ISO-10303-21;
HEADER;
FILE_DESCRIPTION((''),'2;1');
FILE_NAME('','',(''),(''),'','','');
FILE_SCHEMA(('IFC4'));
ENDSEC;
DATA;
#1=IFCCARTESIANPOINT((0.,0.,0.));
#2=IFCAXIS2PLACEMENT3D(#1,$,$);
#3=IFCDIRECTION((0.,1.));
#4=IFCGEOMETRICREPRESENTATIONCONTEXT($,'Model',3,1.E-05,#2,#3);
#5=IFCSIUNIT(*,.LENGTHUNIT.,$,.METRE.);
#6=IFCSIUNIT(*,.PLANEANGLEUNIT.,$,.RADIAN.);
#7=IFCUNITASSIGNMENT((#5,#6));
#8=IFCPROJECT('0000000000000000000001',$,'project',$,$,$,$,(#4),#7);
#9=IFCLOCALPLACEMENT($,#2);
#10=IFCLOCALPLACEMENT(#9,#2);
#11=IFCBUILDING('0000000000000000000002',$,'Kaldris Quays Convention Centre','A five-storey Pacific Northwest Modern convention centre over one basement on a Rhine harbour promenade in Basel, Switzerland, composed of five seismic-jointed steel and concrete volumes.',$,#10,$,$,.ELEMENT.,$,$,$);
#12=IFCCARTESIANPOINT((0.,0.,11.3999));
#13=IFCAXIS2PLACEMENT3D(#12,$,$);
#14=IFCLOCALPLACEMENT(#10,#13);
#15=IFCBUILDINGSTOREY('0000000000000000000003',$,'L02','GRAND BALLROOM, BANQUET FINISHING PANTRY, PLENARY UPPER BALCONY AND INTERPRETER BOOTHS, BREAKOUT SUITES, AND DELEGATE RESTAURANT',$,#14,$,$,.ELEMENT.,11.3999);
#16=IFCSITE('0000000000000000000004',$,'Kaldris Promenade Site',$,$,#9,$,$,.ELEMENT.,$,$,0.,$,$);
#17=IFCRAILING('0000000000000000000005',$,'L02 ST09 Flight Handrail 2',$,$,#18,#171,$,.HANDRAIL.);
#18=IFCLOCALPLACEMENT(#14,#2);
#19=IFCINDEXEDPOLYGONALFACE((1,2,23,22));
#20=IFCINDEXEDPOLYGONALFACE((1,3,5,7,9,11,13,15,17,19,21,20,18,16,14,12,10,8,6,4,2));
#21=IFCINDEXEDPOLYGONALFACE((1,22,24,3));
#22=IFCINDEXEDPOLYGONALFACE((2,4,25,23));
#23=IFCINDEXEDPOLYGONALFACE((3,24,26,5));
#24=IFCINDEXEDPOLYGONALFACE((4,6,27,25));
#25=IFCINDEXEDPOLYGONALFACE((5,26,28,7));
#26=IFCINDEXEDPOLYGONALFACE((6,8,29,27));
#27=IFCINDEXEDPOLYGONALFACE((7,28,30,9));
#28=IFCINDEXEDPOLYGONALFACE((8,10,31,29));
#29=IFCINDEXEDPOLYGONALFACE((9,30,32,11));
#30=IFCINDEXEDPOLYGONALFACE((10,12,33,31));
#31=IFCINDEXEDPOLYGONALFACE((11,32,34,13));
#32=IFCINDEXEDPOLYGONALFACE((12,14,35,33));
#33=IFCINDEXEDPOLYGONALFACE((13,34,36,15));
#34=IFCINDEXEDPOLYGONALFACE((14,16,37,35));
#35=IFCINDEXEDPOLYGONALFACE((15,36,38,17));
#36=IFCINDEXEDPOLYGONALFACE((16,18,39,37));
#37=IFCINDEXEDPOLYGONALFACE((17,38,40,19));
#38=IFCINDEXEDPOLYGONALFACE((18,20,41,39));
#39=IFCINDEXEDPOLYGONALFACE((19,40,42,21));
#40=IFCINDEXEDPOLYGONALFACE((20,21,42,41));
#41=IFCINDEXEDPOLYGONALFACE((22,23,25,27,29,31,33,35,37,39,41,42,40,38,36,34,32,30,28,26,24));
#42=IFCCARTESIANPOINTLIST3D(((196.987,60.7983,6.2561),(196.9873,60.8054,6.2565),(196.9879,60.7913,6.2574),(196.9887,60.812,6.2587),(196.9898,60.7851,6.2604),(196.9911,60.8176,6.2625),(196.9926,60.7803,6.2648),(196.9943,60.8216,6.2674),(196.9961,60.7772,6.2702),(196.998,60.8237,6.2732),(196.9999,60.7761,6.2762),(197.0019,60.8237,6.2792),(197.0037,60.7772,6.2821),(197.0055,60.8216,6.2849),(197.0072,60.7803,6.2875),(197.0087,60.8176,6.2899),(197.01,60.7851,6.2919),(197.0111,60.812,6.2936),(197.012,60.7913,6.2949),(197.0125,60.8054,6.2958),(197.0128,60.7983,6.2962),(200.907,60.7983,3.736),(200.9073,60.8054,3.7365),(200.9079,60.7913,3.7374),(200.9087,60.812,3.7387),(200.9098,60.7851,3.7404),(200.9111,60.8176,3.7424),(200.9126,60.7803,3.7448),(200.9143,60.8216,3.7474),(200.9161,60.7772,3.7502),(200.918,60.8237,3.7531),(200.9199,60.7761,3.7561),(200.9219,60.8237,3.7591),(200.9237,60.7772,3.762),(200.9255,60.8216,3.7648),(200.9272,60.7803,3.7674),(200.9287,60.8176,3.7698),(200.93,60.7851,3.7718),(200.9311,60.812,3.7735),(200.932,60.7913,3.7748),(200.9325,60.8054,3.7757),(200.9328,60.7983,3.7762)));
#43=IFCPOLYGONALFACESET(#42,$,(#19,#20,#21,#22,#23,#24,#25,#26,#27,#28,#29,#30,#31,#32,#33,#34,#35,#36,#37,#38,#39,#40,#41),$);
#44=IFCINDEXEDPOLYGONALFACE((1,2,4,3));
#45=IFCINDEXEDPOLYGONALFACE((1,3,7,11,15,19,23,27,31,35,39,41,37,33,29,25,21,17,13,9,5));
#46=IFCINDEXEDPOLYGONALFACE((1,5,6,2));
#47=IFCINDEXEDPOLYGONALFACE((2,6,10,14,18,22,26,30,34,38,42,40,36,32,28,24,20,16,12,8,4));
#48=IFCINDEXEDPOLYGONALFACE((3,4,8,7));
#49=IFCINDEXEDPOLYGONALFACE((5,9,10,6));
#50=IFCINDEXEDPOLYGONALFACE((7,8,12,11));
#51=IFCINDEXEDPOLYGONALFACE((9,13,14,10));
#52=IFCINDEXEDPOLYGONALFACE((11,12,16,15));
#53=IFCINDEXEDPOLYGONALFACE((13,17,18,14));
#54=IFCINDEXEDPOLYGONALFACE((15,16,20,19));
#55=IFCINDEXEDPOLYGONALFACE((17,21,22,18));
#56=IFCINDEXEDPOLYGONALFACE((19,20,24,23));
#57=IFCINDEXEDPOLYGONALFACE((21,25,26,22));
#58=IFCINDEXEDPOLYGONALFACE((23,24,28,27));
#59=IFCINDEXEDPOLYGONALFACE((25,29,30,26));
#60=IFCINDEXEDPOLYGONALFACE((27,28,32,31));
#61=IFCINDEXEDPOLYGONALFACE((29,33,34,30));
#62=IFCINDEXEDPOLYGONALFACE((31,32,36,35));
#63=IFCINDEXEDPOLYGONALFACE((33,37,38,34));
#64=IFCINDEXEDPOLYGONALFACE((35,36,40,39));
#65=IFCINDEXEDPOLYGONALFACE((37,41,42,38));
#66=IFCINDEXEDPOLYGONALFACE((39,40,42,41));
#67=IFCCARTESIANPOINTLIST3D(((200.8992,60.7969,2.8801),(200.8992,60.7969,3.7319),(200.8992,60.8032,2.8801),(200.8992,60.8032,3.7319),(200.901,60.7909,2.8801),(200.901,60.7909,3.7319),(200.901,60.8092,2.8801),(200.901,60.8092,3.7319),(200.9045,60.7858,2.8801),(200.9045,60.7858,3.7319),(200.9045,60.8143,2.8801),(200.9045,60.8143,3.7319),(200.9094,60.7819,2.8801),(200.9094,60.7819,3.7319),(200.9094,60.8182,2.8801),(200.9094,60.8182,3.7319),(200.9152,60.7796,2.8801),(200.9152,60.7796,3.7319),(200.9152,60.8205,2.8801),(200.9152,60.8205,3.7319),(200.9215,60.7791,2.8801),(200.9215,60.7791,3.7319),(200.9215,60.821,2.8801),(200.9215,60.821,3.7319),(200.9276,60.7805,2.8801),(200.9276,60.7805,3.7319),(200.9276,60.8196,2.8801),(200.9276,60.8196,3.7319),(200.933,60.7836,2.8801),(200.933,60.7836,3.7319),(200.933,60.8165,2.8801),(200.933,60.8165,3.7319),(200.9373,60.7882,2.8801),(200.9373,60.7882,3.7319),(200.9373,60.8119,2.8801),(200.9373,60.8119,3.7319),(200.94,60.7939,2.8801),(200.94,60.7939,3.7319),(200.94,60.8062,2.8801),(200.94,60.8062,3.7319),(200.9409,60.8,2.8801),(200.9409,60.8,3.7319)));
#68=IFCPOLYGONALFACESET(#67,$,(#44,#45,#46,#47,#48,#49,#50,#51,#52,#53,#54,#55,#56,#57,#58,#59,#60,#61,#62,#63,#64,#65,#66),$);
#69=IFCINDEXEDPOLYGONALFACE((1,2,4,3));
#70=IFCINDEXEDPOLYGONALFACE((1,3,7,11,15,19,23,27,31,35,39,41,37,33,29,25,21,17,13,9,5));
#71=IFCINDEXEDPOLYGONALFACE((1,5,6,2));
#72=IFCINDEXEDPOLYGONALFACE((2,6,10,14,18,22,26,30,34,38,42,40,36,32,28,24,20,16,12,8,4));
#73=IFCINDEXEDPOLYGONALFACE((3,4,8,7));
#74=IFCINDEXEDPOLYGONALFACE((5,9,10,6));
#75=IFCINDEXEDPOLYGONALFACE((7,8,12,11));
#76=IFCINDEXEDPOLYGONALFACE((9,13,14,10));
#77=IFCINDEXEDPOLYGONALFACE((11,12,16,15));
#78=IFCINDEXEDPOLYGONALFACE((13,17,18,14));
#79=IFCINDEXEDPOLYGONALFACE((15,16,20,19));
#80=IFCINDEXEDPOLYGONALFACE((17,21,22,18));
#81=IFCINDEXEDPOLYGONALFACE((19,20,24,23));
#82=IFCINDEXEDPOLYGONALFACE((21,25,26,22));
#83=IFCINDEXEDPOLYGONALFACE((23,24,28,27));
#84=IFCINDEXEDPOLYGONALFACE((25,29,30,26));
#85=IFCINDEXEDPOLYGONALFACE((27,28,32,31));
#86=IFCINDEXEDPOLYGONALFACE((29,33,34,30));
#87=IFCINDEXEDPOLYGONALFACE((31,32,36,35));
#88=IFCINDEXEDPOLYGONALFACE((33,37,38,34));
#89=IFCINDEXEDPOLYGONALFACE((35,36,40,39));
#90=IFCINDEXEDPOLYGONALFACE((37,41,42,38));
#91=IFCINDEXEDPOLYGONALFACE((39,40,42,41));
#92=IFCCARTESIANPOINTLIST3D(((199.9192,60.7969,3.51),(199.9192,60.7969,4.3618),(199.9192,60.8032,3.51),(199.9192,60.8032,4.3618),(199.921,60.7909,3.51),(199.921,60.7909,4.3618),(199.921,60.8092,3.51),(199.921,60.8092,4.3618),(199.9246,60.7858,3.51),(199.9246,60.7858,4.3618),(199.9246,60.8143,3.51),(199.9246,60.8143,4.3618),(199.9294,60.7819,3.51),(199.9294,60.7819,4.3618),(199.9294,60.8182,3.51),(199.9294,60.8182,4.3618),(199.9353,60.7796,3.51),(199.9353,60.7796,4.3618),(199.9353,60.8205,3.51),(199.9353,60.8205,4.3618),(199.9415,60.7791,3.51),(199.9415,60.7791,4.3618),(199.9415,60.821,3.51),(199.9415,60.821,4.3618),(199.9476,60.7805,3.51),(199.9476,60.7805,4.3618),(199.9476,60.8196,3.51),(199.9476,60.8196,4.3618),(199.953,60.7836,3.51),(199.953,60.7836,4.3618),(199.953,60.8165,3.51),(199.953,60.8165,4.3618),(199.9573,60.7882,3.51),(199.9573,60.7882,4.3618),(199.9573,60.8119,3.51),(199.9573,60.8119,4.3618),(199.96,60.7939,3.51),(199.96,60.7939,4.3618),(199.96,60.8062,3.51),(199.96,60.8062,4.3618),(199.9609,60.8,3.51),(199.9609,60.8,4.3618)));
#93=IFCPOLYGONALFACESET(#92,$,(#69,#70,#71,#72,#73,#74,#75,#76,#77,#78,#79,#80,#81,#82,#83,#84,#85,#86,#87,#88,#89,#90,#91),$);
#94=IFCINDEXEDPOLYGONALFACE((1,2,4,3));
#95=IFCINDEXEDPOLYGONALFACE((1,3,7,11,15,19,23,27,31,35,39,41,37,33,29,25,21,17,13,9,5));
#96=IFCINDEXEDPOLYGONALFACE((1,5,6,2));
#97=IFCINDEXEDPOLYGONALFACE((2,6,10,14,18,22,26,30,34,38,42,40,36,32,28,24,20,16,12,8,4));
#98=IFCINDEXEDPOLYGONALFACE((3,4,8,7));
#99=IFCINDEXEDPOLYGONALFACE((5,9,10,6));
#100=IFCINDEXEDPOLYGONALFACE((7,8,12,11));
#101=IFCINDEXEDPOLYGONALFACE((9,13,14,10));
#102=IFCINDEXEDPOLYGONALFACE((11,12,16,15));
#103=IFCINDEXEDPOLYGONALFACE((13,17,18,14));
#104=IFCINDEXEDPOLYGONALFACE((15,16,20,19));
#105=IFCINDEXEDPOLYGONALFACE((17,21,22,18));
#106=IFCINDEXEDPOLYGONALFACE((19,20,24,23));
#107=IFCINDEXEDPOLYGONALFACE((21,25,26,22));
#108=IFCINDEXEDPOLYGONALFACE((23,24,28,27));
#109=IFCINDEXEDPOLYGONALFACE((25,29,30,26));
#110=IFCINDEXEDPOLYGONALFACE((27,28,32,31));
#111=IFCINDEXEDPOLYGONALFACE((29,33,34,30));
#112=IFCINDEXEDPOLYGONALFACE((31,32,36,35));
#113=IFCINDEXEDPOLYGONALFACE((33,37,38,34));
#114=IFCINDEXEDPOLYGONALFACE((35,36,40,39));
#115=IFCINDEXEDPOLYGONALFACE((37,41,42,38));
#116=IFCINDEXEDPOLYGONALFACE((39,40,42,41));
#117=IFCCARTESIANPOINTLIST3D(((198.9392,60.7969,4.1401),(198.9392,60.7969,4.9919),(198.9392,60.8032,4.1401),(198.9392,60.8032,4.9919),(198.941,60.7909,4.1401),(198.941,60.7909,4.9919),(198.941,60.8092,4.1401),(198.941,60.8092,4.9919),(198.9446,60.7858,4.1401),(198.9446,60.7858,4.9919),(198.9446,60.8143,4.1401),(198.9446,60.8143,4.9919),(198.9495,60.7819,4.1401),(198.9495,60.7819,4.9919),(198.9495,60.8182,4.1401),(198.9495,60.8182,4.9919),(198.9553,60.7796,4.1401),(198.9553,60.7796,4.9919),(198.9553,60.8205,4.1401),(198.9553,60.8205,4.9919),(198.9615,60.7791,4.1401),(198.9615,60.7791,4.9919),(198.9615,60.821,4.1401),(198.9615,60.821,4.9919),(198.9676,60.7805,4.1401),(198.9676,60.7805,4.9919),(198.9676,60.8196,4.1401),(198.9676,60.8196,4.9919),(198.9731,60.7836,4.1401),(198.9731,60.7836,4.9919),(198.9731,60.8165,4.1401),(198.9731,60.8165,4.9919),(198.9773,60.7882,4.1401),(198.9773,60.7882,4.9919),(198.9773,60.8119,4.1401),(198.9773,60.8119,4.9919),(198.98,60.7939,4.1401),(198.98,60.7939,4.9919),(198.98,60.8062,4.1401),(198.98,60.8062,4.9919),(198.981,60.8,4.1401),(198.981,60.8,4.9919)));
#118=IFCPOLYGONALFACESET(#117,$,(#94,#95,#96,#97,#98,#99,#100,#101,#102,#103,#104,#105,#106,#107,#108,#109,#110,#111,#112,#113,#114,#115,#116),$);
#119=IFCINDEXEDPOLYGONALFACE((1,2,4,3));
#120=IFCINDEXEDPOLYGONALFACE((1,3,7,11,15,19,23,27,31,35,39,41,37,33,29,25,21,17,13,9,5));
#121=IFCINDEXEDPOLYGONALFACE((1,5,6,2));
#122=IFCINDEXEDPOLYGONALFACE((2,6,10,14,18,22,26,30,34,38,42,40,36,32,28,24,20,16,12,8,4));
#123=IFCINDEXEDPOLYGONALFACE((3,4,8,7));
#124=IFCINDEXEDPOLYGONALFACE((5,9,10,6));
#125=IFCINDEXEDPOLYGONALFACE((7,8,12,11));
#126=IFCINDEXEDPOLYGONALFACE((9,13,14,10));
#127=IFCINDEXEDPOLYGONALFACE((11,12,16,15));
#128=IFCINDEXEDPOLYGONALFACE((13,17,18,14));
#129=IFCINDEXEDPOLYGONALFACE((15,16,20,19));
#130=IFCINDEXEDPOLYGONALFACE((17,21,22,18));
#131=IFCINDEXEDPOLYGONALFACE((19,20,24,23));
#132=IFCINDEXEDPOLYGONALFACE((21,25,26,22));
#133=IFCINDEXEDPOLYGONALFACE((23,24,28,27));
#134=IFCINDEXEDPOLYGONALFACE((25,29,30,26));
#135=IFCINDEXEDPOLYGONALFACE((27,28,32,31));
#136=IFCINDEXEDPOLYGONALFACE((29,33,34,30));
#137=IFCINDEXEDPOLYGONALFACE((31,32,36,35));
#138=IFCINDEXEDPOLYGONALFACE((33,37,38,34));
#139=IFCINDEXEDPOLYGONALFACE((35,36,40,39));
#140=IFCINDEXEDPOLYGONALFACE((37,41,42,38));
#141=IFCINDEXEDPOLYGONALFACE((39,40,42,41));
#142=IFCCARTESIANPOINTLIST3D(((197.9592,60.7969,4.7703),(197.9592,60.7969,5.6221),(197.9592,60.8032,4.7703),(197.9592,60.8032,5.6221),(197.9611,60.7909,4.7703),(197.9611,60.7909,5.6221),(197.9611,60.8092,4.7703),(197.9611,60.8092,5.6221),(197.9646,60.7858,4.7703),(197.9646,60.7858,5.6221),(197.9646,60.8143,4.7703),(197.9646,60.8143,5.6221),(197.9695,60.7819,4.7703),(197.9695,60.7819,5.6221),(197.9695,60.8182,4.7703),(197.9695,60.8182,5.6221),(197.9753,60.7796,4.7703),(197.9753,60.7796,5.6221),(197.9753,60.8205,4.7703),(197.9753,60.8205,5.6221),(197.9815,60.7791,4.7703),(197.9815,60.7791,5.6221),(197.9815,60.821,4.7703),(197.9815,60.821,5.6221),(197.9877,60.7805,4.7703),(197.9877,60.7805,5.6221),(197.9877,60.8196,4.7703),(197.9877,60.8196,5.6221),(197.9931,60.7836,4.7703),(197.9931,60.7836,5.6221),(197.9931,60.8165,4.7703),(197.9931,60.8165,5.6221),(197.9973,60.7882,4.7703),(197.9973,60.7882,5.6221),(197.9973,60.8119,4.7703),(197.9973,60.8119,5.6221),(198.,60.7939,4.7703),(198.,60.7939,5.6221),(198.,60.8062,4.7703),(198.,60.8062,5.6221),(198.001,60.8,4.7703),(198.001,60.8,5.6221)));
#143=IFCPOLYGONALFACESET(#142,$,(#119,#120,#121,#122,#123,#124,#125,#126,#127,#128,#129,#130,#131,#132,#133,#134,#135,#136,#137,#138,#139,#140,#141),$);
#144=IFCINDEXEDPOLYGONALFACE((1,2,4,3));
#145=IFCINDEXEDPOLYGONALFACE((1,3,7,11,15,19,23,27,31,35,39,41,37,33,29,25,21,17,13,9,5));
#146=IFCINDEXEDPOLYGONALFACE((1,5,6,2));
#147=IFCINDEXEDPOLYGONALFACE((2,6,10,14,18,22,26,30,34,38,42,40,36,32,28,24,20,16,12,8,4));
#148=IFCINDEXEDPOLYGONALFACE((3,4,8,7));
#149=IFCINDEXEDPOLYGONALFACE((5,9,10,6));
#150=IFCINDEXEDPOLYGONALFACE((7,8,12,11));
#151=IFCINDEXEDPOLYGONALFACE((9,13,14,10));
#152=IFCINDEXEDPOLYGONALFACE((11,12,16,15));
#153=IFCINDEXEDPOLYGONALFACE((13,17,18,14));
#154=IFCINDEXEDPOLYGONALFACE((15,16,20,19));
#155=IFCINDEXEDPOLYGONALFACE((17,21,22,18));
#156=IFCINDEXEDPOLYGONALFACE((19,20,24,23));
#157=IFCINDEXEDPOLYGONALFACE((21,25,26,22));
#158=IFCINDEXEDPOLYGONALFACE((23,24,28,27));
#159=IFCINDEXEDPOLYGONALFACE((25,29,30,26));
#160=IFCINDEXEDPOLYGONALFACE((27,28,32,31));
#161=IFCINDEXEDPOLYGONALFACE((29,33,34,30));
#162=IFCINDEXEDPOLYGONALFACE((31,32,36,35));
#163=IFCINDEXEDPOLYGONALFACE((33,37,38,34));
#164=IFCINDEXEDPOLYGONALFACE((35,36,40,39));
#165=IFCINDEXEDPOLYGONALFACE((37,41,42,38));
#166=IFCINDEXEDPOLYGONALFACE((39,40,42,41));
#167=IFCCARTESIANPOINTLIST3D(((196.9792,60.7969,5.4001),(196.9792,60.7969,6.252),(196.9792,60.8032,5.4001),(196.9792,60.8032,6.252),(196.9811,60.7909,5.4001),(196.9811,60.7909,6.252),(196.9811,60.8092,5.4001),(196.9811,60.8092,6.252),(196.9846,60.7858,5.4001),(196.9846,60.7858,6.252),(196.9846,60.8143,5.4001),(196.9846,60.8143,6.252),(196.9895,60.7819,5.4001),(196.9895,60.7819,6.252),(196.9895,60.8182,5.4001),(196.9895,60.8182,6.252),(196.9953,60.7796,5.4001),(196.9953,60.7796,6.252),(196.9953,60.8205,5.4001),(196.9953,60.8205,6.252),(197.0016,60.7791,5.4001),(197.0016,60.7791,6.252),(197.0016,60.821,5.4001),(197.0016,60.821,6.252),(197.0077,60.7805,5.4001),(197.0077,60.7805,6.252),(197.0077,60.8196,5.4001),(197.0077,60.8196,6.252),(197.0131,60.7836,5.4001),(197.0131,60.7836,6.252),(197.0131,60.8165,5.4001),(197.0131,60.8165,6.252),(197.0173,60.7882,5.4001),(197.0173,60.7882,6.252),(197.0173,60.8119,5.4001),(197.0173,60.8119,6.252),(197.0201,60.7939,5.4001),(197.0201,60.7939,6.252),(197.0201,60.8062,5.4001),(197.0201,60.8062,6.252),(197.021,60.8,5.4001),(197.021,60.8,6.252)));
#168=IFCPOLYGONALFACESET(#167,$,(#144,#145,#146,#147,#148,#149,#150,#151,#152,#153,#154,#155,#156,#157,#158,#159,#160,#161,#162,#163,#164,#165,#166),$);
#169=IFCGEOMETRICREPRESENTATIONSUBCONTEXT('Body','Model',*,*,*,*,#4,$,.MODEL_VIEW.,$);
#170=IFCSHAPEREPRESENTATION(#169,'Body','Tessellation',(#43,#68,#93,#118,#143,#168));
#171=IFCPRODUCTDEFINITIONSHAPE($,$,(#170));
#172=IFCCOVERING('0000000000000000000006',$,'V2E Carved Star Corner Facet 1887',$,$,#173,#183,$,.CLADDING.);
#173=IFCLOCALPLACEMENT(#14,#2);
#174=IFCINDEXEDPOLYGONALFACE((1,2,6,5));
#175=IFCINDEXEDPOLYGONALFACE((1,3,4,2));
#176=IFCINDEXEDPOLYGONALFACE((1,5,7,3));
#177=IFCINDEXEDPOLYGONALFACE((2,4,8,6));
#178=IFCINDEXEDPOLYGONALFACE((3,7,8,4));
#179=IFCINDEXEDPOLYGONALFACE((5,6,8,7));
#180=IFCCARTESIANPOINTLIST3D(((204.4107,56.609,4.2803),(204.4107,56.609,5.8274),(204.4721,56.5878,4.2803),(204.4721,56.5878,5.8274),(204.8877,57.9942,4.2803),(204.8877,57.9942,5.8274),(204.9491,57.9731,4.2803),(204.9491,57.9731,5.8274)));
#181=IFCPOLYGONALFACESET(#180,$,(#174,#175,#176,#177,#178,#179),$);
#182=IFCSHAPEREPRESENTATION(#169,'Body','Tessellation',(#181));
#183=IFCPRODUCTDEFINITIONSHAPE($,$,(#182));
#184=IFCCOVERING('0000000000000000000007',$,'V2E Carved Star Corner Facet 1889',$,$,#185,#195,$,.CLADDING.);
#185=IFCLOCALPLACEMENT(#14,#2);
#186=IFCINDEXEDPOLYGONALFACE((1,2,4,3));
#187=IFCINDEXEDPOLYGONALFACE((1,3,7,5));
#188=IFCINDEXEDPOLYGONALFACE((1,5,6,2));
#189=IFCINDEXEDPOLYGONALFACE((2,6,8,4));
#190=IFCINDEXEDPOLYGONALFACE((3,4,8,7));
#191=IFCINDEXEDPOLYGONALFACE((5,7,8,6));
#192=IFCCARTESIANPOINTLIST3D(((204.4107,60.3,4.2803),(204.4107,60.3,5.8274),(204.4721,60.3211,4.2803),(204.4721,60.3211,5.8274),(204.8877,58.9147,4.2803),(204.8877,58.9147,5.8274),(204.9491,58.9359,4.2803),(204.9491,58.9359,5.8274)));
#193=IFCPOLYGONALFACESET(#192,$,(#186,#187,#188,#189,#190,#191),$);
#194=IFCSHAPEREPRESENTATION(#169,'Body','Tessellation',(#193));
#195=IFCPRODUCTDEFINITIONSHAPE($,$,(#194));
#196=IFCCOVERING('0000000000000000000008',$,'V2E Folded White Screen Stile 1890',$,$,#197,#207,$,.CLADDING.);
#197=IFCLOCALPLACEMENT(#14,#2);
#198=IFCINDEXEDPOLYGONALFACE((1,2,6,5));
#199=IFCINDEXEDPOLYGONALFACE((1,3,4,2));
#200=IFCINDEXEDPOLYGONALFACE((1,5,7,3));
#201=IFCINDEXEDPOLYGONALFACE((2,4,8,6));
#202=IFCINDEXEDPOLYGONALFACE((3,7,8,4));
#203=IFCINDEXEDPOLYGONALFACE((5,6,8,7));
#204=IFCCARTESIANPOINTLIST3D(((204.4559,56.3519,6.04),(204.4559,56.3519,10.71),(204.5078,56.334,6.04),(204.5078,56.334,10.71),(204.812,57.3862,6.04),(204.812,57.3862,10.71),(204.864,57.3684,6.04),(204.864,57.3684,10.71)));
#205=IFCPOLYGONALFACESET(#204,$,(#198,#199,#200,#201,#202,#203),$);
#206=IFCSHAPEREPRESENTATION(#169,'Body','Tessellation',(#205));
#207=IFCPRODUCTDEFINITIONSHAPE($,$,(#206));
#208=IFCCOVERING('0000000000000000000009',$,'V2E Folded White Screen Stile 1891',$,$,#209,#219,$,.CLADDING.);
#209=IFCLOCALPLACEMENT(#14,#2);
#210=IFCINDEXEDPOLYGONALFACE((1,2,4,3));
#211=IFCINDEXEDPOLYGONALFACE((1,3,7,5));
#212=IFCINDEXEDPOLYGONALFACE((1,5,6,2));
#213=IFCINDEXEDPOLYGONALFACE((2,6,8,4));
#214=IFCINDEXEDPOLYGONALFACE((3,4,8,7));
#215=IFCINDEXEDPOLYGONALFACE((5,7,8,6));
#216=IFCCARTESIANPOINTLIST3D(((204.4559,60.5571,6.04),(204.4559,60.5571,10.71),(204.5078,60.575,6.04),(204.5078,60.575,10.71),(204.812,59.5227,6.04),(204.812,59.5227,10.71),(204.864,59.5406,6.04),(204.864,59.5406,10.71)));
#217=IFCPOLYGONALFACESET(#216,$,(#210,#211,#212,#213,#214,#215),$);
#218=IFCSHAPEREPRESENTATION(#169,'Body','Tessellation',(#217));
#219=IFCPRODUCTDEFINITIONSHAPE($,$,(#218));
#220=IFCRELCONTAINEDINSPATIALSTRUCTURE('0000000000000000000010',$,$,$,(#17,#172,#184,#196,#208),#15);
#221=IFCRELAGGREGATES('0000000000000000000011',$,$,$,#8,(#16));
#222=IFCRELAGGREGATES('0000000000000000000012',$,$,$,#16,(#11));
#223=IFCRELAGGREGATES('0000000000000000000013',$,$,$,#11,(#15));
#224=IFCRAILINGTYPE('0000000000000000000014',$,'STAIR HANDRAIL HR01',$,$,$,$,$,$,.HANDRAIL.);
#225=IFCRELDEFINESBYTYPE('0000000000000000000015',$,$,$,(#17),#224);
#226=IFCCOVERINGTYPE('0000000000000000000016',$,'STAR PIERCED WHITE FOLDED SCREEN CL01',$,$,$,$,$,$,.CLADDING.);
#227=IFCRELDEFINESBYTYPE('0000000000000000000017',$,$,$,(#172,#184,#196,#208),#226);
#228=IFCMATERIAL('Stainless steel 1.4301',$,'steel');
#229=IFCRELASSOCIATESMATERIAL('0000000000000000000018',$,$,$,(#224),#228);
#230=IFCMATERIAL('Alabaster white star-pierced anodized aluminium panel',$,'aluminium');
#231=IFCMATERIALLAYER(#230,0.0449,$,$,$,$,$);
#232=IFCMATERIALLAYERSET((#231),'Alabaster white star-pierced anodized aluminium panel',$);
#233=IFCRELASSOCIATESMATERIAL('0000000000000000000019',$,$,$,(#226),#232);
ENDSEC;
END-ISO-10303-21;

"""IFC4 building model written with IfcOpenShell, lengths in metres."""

from ifc_helpers import new_model, si_unit, direction, frame, origin, origin_2d, place, context, subcontext, project, spatial, rectangle, circle, extrude, material, layer, layer_set, type_object, element, save


model = new_model("IFC4")

# Units and contexts
model_context = context("Model", 3, precision=1e-05, world=origin(), true_north=direction((0.0, 1.0)))
body_context = subcontext(model_context, "Body", "Model", "MODEL_VIEW")
ifc_project = project(units=[si_unit("LENGTHUNIT", "METRE"), si_unit("PLANEANGLEUNIT", "RADIAN")], contexts=[model_context])

# Site, building, storey
site_placement = place(None, origin())
site = spatial("IfcSite", under=ifc_project, at=site_placement, Name="Kaldris Promenade Site", CompositionType="ELEMENT", RefElevation=0.0)
building_placement = place(site_placement, origin())
building = spatial("IfcBuilding", under=site, at=building_placement, Name="Kaldris Quays Convention Centre", Description="A five-storey Pacific Northwest Modern convention centre over one basement on a Rhine harbour promenade in Basel, Switzerland, composed of five seismic-jointed steel and concrete volumes.", CompositionType="ELEMENT")
storey_placement = place(building_placement, frame((0.0, 0.0, 11.3999)))
storey = spatial("IfcBuildingStorey", under=building, at=storey_placement, Name="L02", Description="GRAND BALLROOM, BANQUET FINISHING PANTRY, PLENARY UPPER BALCONY AND INTERPRETER BOOTHS, BREAKOUT SUITES, AND DELEGATE RESTAURANT", CompositionType="ELEMENT", Elevation=11.3999)

# Railing
ifc_material_1 = material(Name="Stainless steel 1.4301", Category="steel")
railing_type_1 = type_object("IfcRailingType", Name="STAIR HANDRAIL HR01", PredefinedType="HANDRAIL", material=ifc_material_1)
railing_1_placement = place(storey_placement, frame((200.9199, 60.8, 2.8801)))
element("IfcRailing", 1, at=railing_1_placement, inside=storey, type_object=railing_type_1, Name="L02 ST09 Flight Handrail 2", PredefinedType="HANDRAIL", context=body_context, shape_type="SweptSolid", body=[
    extrude(circle(Radius=0.0239, at=origin_2d()), frame((0.0, 0.0, 0.876), z_axis=(-0.841172, 0.0, 0.540768), x_axis=(0.0, -1.0, 0.0)), (0.0, 0.0, 1.0), 4.6602),
    extrude(circle(Radius=0.021, at=origin_2d()), origin(), (0.0, 0.0, 1.0), 0.8518),
    extrude(circle(Radius=0.021, at=origin_2d()), frame((-0.98, 0.0, 0.6299)), (0.0, 0.0, 1.0), 0.8518),
    extrude(circle(Radius=0.021, at=origin_2d()), frame((-1.96, 0.0, 1.26)), (0.0, 0.0, 1.0), 0.8518),
    extrude(circle(Radius=0.021, at=origin_2d()), frame((-2.9399, 0.0, 1.8901)), (0.0, 0.0, 1.0), 0.8518),
    extrude(circle(Radius=0.021, at=origin_2d()), frame((-3.9199, 0.0, 2.52)), (0.0, 0.0, 1.0), 0.8518),
])

# Coverings
ifc_material_2 = material(Name="Alabaster white star-pierced anodized aluminium panel", Category="aluminium")
ifc_layer = layer(ifc_material_2, 0.0449)
ifc_layer_set = layer_set([ifc_layer], Name="Alabaster white star-pierced anodized aluminium panel")
covering_type = type_object("IfcCoveringType", Name="STAR PIERCED WHITE FOLDED SCREEN CL01", PredefinedType="CLADDING", material=ifc_layer_set)
for number, where, z_axis, x_axis, name in (
    (2, (204.6799, 57.291, 4.2803), (0.0, 0.0, 1.0), (0.325568, 0.945519, 0.0), "V2E Carved Star Corner Facet 1887"),
    (3, (204.6799, 59.6179, 4.2803), (0.0, 0.0, 1.0), (-0.325568, 0.945519, 0.0), "V2E Carved Star Corner Facet 1889"),
):
    element("IfcCovering", number, at=place(storey_placement, frame(where, z_axis=z_axis, x_axis=x_axis)), inside=storey, type_object=covering_type, Name=name, PredefinedType="CLADDING", context=body_context, shape_type="SweptSolid", body=[
        extrude(rectangle(XDim=1.4651, YDim=0.0649, at=origin_2d()), origin(), (0.0, 0.0, 1.0), 1.5471),
    ])
for number, where, z_axis, x_axis, name in (
    (4, (204.6599, 56.8601, 6.04), (0.0, 0.0, 1.0), (0.325568, 0.945519, 0.0), "V2E Folded White Screen Stile 1890"),
    (5, (204.6599, 60.0488, 6.04), (0.0, 0.0, 1.0), (-0.325568, 0.945519, 0.0), "V2E Folded White Screen Stile 1891"),
):
    element("IfcCovering", number, at=place(storey_placement, frame(where, z_axis=z_axis, x_axis=x_axis)), inside=storey, type_object=covering_type, Name=name, PredefinedType="CLADDING", context=body_context, shape_type="SweptSolid", body=[
        extrude(rectangle(XDim=1.094, YDim=0.0549, at=origin_2d()), origin(), (0.0, 0.0, 1.0), 4.6699),
    ])

save(model, "model.ifc")
